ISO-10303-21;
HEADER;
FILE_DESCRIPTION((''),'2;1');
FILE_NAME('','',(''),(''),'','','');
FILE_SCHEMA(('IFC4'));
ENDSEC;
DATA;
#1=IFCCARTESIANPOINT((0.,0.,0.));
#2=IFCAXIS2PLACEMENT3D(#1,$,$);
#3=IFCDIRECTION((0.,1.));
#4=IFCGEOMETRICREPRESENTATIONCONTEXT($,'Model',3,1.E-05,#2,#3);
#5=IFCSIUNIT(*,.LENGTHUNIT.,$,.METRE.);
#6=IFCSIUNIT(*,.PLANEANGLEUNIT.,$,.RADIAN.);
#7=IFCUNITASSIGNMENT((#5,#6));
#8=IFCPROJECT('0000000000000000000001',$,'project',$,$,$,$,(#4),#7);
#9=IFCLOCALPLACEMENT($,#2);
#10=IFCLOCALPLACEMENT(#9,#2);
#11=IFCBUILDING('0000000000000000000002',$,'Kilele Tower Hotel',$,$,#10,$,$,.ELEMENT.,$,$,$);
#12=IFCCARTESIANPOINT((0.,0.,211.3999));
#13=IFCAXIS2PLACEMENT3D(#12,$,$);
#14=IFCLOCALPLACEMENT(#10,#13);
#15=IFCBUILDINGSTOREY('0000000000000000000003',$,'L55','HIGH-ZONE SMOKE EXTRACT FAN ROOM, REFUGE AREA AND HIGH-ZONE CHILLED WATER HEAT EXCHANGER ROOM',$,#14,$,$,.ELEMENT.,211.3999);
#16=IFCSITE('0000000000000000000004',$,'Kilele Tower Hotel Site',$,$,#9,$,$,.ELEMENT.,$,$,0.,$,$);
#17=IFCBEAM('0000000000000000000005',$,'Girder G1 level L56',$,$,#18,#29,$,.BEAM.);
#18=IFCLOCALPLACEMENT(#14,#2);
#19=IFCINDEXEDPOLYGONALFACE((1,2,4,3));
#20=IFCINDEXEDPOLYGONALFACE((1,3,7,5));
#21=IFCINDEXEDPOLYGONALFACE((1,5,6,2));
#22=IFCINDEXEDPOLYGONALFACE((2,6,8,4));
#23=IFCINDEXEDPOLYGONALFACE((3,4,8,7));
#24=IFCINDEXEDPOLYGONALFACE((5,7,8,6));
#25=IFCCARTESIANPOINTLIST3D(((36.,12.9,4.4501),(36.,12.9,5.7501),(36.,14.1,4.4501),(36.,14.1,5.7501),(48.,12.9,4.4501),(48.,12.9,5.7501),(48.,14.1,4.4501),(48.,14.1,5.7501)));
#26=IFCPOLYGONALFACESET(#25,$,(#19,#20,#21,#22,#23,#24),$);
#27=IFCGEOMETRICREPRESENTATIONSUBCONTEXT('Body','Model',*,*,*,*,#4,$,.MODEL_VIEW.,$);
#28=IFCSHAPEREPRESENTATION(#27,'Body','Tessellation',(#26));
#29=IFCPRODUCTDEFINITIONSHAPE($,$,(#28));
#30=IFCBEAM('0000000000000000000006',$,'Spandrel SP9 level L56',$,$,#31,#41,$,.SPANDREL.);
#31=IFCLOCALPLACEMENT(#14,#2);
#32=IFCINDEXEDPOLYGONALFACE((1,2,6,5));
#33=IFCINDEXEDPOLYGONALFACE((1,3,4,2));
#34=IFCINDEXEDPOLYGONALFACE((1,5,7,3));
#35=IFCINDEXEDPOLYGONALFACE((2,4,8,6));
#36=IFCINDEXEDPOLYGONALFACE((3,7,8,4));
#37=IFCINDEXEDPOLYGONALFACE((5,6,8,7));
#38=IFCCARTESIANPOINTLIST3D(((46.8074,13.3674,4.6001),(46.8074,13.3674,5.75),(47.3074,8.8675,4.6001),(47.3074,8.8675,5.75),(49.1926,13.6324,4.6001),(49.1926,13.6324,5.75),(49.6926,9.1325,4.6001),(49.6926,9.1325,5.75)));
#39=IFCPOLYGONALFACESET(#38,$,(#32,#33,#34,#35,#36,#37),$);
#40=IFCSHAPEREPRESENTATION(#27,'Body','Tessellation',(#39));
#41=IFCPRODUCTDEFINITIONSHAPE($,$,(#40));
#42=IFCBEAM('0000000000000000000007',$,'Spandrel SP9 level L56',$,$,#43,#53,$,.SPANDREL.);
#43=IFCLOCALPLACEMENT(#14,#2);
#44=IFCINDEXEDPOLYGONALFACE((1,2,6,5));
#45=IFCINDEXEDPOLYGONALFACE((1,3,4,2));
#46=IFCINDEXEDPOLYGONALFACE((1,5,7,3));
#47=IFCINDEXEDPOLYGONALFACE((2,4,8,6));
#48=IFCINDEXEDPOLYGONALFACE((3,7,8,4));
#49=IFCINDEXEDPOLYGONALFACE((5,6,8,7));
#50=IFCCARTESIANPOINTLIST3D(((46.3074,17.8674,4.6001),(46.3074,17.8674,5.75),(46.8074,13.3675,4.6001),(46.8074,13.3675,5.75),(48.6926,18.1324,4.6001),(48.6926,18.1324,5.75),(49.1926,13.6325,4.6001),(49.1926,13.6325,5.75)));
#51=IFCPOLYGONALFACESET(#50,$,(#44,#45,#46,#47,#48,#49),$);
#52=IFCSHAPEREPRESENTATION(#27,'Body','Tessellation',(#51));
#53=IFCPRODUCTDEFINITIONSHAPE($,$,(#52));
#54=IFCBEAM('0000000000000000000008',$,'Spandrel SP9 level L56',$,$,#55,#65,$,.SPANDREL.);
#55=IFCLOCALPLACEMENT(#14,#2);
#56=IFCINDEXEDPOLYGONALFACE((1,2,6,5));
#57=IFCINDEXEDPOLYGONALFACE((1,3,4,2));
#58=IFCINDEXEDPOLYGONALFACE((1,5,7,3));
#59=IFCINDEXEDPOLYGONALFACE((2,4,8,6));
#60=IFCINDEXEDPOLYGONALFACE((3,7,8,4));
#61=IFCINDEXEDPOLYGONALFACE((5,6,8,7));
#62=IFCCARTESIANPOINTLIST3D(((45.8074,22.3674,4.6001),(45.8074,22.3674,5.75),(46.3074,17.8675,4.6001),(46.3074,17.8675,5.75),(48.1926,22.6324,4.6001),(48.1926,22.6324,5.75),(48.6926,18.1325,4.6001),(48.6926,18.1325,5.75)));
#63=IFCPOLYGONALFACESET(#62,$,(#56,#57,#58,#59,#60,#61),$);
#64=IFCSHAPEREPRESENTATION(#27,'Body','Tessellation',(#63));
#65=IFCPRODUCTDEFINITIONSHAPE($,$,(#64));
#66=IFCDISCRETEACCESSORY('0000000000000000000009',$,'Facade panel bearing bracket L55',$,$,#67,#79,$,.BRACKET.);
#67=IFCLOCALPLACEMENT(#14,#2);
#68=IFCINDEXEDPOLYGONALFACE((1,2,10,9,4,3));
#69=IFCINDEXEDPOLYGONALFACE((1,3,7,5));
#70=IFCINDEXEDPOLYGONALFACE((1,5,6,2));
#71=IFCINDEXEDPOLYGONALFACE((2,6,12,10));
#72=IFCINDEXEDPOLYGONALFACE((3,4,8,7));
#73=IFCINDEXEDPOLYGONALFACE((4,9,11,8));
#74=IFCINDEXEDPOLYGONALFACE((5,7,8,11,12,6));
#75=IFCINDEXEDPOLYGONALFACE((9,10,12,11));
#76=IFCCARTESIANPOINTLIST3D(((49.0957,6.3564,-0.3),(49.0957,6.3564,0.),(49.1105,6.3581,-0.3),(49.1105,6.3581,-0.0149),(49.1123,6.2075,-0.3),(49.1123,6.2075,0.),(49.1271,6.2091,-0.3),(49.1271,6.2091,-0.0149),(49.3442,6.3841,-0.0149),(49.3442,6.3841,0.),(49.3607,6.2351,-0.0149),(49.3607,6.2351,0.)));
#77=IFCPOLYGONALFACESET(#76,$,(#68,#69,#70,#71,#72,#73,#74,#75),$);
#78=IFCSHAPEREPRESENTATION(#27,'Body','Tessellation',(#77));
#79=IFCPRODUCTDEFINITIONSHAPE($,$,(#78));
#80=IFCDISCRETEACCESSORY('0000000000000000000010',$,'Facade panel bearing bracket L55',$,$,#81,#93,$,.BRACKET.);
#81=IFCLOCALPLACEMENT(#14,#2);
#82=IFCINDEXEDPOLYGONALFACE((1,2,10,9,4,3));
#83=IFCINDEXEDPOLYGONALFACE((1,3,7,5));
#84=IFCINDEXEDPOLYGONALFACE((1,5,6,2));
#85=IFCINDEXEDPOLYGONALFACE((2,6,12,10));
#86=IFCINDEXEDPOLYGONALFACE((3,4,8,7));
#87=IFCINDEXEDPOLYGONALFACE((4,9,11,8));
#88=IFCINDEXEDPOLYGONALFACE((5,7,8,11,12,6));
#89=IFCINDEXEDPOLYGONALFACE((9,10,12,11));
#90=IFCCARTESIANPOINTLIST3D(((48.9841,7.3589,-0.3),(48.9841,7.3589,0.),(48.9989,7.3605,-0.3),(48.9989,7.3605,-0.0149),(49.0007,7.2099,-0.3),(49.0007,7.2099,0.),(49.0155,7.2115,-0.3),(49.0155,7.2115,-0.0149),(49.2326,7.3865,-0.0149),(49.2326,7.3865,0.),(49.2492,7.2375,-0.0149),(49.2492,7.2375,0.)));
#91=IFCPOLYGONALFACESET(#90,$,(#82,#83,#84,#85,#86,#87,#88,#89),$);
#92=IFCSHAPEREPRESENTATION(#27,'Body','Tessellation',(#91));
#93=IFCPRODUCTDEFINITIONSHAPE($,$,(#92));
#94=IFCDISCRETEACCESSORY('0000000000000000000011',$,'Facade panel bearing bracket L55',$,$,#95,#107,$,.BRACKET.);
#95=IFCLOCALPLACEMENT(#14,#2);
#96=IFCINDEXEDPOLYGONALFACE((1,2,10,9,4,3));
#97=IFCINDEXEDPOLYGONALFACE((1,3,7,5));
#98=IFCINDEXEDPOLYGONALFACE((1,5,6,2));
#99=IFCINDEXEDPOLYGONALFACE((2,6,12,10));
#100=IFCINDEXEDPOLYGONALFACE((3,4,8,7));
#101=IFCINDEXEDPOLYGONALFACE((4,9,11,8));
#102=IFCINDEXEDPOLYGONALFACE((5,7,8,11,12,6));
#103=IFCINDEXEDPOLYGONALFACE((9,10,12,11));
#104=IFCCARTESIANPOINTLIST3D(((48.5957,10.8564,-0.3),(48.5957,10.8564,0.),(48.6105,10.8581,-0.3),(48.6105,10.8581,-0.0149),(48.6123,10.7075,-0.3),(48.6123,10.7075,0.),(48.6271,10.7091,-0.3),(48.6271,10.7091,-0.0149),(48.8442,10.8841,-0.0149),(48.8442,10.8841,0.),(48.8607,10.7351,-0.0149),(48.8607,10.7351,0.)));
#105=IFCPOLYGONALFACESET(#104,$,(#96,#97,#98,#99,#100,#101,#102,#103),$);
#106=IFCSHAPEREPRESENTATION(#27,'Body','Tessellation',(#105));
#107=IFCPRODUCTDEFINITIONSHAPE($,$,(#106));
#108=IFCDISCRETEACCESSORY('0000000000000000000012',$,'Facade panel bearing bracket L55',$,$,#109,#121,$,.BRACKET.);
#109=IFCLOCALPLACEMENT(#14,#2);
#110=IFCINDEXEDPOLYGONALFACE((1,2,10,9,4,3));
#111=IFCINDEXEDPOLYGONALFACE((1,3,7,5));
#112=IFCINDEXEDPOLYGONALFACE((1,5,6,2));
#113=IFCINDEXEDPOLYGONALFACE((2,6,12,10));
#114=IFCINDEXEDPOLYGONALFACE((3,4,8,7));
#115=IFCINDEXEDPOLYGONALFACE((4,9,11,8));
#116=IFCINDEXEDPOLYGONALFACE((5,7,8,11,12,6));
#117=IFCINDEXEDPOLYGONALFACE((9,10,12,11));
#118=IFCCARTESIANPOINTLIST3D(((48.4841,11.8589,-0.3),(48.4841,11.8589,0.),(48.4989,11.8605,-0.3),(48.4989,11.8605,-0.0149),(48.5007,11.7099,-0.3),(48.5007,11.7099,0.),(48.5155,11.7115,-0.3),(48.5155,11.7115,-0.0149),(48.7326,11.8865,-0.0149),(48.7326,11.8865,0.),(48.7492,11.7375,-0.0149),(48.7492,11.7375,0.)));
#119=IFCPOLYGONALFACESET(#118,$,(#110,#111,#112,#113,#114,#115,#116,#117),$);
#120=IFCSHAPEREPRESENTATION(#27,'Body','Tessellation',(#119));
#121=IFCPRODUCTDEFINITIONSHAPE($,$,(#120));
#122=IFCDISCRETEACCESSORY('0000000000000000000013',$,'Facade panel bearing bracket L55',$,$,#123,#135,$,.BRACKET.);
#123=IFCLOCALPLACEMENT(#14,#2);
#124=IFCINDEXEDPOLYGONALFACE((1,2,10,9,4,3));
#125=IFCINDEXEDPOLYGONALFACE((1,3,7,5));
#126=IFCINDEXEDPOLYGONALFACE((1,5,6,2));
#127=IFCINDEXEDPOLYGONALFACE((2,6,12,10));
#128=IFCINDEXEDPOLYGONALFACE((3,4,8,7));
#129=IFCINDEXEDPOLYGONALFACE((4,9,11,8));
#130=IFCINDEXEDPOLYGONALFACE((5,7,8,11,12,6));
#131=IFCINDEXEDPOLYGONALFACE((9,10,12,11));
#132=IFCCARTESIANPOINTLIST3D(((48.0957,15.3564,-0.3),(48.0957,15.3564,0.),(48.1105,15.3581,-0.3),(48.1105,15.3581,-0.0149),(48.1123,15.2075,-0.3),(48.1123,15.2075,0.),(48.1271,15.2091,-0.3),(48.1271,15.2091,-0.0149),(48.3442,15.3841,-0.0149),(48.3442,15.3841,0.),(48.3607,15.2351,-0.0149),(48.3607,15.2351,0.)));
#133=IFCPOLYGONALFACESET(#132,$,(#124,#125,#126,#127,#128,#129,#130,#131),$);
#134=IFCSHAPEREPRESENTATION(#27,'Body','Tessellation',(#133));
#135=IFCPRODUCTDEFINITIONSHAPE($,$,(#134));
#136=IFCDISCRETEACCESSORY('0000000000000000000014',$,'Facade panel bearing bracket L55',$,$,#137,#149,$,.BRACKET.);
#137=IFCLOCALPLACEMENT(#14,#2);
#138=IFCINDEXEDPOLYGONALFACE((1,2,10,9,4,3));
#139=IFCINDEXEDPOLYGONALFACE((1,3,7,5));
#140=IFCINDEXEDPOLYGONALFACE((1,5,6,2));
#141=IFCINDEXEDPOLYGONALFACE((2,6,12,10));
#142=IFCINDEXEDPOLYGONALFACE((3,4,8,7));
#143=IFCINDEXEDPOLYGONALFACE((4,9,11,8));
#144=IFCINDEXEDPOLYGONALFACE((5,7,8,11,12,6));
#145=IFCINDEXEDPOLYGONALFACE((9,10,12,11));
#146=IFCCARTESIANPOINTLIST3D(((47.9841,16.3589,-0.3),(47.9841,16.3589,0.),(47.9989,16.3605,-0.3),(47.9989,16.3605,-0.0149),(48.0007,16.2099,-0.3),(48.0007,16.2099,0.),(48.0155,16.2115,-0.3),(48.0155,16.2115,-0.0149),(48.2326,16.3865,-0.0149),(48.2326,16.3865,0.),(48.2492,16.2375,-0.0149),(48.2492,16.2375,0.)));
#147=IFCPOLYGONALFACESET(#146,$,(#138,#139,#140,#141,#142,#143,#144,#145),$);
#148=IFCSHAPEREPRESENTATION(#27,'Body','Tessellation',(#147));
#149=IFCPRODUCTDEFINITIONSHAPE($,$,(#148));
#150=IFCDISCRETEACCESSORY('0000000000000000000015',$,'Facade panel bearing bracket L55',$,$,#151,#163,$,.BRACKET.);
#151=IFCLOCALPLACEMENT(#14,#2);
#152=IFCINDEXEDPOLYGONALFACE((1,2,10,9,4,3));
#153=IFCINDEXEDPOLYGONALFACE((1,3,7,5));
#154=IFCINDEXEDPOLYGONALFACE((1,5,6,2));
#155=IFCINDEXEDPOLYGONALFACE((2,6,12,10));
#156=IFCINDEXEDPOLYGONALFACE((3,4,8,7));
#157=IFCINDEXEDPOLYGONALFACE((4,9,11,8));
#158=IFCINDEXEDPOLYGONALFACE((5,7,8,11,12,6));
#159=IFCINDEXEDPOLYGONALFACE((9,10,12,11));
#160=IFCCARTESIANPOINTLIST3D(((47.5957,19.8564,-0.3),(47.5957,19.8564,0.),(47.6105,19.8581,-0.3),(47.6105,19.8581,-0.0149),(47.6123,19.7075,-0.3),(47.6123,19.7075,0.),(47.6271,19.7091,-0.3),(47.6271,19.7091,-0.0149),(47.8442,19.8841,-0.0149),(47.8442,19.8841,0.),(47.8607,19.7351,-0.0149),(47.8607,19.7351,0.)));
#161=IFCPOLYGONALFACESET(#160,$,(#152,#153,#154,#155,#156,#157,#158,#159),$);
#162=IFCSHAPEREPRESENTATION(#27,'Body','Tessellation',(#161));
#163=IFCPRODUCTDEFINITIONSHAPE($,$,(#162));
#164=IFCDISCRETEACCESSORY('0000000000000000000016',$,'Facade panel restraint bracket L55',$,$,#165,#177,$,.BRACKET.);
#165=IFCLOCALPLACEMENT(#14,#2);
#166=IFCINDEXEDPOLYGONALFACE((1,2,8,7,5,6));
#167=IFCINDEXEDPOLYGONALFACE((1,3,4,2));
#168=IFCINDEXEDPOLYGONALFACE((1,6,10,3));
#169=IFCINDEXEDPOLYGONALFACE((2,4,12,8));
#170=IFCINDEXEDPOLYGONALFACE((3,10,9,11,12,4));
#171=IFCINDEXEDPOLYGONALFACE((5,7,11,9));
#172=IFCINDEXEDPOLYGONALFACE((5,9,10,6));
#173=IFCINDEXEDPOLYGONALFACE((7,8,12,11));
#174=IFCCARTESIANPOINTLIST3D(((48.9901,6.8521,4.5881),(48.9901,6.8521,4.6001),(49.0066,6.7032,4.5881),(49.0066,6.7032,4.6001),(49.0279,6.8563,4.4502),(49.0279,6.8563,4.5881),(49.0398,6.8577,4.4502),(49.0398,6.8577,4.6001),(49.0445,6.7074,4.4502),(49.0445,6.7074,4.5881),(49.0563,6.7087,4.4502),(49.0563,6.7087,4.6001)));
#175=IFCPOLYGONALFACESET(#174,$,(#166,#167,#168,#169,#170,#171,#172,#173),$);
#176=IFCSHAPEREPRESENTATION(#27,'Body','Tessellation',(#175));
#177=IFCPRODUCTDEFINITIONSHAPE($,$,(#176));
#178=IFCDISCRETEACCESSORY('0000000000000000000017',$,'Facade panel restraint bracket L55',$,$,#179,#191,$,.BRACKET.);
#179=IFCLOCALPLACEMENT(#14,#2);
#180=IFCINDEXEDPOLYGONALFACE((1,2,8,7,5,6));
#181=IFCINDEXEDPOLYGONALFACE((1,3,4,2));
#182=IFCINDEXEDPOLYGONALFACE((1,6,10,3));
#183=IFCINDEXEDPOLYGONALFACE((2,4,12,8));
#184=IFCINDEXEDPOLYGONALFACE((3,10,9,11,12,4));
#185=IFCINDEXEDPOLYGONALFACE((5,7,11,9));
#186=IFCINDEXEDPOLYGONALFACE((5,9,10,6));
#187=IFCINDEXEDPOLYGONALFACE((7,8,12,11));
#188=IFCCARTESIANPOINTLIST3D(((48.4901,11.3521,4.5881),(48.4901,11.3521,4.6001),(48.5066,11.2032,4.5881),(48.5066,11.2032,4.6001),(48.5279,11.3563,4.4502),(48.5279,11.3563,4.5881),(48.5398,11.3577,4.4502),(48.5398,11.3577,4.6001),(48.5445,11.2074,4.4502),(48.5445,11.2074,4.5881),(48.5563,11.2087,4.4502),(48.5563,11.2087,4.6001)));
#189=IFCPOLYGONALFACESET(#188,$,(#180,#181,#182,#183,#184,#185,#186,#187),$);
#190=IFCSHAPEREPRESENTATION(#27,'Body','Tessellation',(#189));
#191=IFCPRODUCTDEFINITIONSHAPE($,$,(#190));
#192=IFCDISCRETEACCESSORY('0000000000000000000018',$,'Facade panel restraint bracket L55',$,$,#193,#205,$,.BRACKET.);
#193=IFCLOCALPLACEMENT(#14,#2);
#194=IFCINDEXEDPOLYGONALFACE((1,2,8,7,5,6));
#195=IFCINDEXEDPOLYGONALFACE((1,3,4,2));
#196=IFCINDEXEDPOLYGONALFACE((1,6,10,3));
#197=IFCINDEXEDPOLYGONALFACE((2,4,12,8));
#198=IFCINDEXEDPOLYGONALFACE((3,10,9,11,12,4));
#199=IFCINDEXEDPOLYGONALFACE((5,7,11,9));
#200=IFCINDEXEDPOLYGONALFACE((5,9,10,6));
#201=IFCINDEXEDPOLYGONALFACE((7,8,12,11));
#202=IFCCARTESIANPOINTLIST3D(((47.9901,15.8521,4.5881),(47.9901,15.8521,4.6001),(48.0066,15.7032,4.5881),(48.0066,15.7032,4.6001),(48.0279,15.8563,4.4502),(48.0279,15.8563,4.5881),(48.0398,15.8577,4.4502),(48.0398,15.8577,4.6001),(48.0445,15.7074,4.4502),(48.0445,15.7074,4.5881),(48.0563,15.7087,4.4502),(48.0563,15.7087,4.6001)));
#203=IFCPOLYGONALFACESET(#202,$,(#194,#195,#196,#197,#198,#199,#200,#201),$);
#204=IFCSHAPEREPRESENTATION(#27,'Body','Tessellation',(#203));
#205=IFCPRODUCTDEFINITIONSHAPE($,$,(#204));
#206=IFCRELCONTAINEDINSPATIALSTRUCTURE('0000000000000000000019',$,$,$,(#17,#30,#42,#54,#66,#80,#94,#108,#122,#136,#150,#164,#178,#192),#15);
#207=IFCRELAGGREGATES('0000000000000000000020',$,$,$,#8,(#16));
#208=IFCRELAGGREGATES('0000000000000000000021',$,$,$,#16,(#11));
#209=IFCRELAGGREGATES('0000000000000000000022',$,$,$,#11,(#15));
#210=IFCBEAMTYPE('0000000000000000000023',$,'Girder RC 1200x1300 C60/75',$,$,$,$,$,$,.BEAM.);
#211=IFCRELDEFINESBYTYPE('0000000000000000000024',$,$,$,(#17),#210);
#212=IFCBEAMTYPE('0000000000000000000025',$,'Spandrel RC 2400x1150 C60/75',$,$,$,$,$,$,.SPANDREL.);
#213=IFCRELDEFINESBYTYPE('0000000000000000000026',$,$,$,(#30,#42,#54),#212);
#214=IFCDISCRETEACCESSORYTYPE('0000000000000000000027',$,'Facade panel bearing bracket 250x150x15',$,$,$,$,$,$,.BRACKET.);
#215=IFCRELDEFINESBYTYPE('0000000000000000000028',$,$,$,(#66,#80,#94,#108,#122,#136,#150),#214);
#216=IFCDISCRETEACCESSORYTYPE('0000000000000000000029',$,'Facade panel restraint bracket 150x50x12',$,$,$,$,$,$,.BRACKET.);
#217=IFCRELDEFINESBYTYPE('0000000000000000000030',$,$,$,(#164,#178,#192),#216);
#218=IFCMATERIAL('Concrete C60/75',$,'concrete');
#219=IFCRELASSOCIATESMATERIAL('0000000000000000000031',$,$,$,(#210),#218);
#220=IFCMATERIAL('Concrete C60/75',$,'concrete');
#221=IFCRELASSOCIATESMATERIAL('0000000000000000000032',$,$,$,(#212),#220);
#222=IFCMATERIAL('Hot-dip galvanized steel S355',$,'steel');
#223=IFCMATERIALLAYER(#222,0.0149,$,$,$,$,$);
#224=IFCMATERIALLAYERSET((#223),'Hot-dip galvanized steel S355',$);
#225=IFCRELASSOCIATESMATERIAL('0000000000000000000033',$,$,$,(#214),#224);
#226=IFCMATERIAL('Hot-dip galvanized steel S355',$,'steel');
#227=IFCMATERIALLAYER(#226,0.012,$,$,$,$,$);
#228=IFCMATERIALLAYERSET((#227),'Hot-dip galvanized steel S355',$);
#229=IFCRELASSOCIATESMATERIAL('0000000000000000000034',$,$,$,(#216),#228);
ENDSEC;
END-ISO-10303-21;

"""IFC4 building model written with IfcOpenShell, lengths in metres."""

from ifc_helpers import new_model, si_unit, direction, frame, origin, origin_2d, place, context, subcontext, project, spatial, polyline, rectangle, outline, extrude, source, transform, mapped, material, layer, layer_set, material_profile, profile_set, type_object, element, save


model = new_model("IFC4")

# Units and contexts
model_context = context("Model", 3, precision=1e-05, world=origin(), true_north=direction((0.0, 1.0)))
body_context = subcontext(model_context, "Body", "Model", "MODEL_VIEW")
ifc_project = project(units=[si_unit("LENGTHUNIT", "METRE"), si_unit("PLANEANGLEUNIT", "RADIAN")], contexts=[model_context])

# Site, building, storey
site_placement = place(None, origin())
site = spatial("IfcSite", under=ifc_project, at=site_placement, Name="Kilele Tower Hotel Site", CompositionType="ELEMENT", RefElevation=0.0)
building_placement = place(site_placement, origin())
building = spatial("IfcBuilding", under=site, at=building_placement, Name="Kilele Tower Hotel", CompositionType="ELEMENT")
storey_placement = place(building_placement, frame((0.0, 0.0, 211.3999)))
storey = spatial("IfcBuildingStorey", under=building, at=storey_placement, Name="L55", Description="HIGH-ZONE SMOKE EXTRACT FAN ROOM, REFUGE AREA AND HIGH-ZONE CHILLED WATER HEAT EXCHANGER ROOM", CompositionType="ELEMENT", Elevation=211.3999)

# Beams
ifc_material_1 = material(Name="Concrete C60/75", Category="concrete")
ifc_material_profile_1 = material_profile(ifc_material_1, rectangle(XDim=1.2, YDim=1.3, at=origin_2d()))
ifc_profile_set_1 = profile_set([ifc_material_profile_1], Name="Concrete C60/75")
beam_type_1 = type_object("IfcBeamType", Name="Girder RC 1200x1300 C60/75", PredefinedType="BEAM", material=ifc_profile_set_1)
beam_1_placement = place(storey_placement, frame((48.0, 13.5, 5.1001), z_axis=(-1.0, 0.0, 0.0), x_axis=(0.0, -1.0, 0.0)))
element("IfcBeam", 1, at=beam_1_placement, inside=storey, type_object=beam_type_1, Name="Girder G1 level L56", PredefinedType="BEAM", context=body_context, shape_type="SweptSolid", body=[
    extrude(rectangle(XDim=1.2, YDim=1.3, at=origin_2d()), origin(), (0.0, 0.0, 1.0), 12.0),
])
ifc_material_2 = material(Name="Concrete C60/75", Category="concrete")
ifc_material_profile_2 = material_profile(ifc_material_2, rectangle(XDim=2.3999, YDim=1.1499, at=origin_2d()))
ifc_profile_set_2 = profile_set([ifc_material_profile_2], Name="Concrete C60/75")
beam_type_2 = type_object("IfcBeamType", Name="Spandrel RC 2400x1150 C60/75", PredefinedType="SPANDREL", material=ifc_profile_set_2)
for number, where, z_axis, x_axis, name in (
    (2, (48.5, 9.0, 5.175), (-0.110432, 0.993884, 0.0), (-0.993884, -0.110432, 0.0), "Spandrel SP9 level L56"),
    (3, (48.0, 13.5, 5.175), (-0.110432, 0.993884, 0.0), (-0.993884, -0.110432, 0.0), "Spandrel SP9 level L56"),
    (4, (47.5, 18.0, 5.175), (-0.110432, 0.993884, 0.0), (-0.993884, -0.110432, 0.0), "Spandrel SP9 level L56"),
):
    element("IfcBeam", number, at=place(storey_placement, frame(where, z_axis=z_axis, x_axis=x_axis)), inside=storey, type_object=beam_type_2, Name=name, PredefinedType="SPANDREL", context=body_context, shape_type="SweptSolid", body=[
        extrude(rectangle(XDim=2.3999, YDim=1.1499, at=origin_2d()), origin(), (0.0, 0.0, 1.0), 4.5276),
    ])

# Discrete accessories
ifc_material_3 = material(Name="Hot-dip galvanized steel S355", Category="steel")
ifc_layer_1 = layer(ifc_material_3, 0.0149)
ifc_layer_set_1 = layer_set([ifc_layer_1], Name="Hot-dip galvanized steel S355")
discrete_accessory_type_1 = type_object("IfcDiscreteAccessoryType", Name="Facade panel bearing bracket 250x150x15", PredefinedType="BRACKET", material=ifc_layer_set_1)
shared_shape_1 = source(origin(), body_context, "Body", "SweptSolid", [
    extrude(outline(polyline([(0.0, 0.0), (0.25, 0.0), (0.25, -0.0149), (0.0149, -0.0149), (0.0149, -0.3), (0.0, -0.3), (0.0, 0.0)])), origin(), (0.0, 0.0, 1.0), 0.1499),
])
for number, where, z_axis, x_axis, name in (
    (5, (49.0957, 6.3564, 0.0), (0.110432, -0.993884, 0.0), (0.993884, 0.110432, 0.0), "Facade panel bearing bracket L55"),
    (6, (48.9841, 7.3589, 0.0), (0.110432, -0.993884, 0.0), (0.993884, 0.110432, 0.0), "Facade panel bearing bracket L55"),
    (7, (48.5957, 10.8564, 0.0), (0.110432, -0.993884, 0.0), (0.993884, 0.110432, 0.0), "Facade panel bearing bracket L55"),
    (8, (48.4841, 11.8589, 0.0), (0.110432, -0.993884, 0.0), (0.993884, 0.110432, 0.0), "Facade panel bearing bracket L55"),
    (9, (48.0957, 15.3564, 0.0), (0.110432, -0.993884, 0.0), (0.993884, 0.110432, 0.0), "Facade panel bearing bracket L55"),
    (10, (47.9841, 16.3589, 0.0), (0.110432, -0.993884, 0.0), (0.993884, 0.110432, 0.0), "Facade panel bearing bracket L55"),
    (11, (47.5957, 19.8564, 0.0), (0.110432, -0.993884, 0.0), (0.993884, 0.110432, 0.0), "Facade panel bearing bracket L55"),
):
    element("IfcDiscreteAccessory", number, at=place(storey_placement, frame(where, z_axis=z_axis, x_axis=x_axis)), inside=storey, type_object=discrete_accessory_type_1, Name=name, PredefinedType="BRACKET", context=body_context, shape_type="MappedRepresentation", body=[
        mapped(shared_shape_1, transform((0.0, 0.0, 0.0))),
    ])
ifc_material_4 = material(Name="Hot-dip galvanized steel S355", Category="steel")
ifc_layer_2 = layer(ifc_material_4, 0.012)
ifc_layer_set_2 = layer_set([ifc_layer_2], Name="Hot-dip galvanized steel S355")
discrete_accessory_type_2 = type_object("IfcDiscreteAccessoryType", Name="Facade panel restraint bracket 150x50x12", PredefinedType="BRACKET", material=ifc_layer_set_2)
shared_shape_2 = source(origin(), body_context, "Body", "SweptSolid", [
    extrude(outline(polyline([(0.0, 0.0), (0.0, -0.1499), (-0.012, -0.1499), (-0.012, -0.012), (-0.05, -0.012), (-0.05, 0.0), (0.0, 0.0)])), origin(), (0.0, 0.0, 1.0), 0.1499),
])
for number, where, z_axis, x_axis, name in (
    (12, (49.0398, 6.8577, 4.6001), (0.110432, -0.993884, 0.0), (0.993884, 0.110432, 0.0), "Facade panel restraint bracket L55"),
    (13, (48.5398, 11.3577, 4.6001), (0.110432, -0.993884, 0.0), (0.993884, 0.110432, 0.0), "Facade panel restraint bracket L55"),
    (14, (48.0398, 15.8577, 4.6001), (0.110432, -0.993884, 0.0), (0.993884, 0.110432, 0.0), "Facade panel restraint bracket L55"),
):
    element("IfcDiscreteAccessory", number, at=place(storey_placement, frame(where, z_axis=z_axis, x_axis=x_axis)), inside=storey, type_object=discrete_accessory_type_2, Name=name, PredefinedType="BRACKET", context=body_context, shape_type="MappedRepresentation", body=[
        mapped(shared_shape_2, transform((0.0, 0.0, 0.0))),
    ])

save(model, "model.ifc")
